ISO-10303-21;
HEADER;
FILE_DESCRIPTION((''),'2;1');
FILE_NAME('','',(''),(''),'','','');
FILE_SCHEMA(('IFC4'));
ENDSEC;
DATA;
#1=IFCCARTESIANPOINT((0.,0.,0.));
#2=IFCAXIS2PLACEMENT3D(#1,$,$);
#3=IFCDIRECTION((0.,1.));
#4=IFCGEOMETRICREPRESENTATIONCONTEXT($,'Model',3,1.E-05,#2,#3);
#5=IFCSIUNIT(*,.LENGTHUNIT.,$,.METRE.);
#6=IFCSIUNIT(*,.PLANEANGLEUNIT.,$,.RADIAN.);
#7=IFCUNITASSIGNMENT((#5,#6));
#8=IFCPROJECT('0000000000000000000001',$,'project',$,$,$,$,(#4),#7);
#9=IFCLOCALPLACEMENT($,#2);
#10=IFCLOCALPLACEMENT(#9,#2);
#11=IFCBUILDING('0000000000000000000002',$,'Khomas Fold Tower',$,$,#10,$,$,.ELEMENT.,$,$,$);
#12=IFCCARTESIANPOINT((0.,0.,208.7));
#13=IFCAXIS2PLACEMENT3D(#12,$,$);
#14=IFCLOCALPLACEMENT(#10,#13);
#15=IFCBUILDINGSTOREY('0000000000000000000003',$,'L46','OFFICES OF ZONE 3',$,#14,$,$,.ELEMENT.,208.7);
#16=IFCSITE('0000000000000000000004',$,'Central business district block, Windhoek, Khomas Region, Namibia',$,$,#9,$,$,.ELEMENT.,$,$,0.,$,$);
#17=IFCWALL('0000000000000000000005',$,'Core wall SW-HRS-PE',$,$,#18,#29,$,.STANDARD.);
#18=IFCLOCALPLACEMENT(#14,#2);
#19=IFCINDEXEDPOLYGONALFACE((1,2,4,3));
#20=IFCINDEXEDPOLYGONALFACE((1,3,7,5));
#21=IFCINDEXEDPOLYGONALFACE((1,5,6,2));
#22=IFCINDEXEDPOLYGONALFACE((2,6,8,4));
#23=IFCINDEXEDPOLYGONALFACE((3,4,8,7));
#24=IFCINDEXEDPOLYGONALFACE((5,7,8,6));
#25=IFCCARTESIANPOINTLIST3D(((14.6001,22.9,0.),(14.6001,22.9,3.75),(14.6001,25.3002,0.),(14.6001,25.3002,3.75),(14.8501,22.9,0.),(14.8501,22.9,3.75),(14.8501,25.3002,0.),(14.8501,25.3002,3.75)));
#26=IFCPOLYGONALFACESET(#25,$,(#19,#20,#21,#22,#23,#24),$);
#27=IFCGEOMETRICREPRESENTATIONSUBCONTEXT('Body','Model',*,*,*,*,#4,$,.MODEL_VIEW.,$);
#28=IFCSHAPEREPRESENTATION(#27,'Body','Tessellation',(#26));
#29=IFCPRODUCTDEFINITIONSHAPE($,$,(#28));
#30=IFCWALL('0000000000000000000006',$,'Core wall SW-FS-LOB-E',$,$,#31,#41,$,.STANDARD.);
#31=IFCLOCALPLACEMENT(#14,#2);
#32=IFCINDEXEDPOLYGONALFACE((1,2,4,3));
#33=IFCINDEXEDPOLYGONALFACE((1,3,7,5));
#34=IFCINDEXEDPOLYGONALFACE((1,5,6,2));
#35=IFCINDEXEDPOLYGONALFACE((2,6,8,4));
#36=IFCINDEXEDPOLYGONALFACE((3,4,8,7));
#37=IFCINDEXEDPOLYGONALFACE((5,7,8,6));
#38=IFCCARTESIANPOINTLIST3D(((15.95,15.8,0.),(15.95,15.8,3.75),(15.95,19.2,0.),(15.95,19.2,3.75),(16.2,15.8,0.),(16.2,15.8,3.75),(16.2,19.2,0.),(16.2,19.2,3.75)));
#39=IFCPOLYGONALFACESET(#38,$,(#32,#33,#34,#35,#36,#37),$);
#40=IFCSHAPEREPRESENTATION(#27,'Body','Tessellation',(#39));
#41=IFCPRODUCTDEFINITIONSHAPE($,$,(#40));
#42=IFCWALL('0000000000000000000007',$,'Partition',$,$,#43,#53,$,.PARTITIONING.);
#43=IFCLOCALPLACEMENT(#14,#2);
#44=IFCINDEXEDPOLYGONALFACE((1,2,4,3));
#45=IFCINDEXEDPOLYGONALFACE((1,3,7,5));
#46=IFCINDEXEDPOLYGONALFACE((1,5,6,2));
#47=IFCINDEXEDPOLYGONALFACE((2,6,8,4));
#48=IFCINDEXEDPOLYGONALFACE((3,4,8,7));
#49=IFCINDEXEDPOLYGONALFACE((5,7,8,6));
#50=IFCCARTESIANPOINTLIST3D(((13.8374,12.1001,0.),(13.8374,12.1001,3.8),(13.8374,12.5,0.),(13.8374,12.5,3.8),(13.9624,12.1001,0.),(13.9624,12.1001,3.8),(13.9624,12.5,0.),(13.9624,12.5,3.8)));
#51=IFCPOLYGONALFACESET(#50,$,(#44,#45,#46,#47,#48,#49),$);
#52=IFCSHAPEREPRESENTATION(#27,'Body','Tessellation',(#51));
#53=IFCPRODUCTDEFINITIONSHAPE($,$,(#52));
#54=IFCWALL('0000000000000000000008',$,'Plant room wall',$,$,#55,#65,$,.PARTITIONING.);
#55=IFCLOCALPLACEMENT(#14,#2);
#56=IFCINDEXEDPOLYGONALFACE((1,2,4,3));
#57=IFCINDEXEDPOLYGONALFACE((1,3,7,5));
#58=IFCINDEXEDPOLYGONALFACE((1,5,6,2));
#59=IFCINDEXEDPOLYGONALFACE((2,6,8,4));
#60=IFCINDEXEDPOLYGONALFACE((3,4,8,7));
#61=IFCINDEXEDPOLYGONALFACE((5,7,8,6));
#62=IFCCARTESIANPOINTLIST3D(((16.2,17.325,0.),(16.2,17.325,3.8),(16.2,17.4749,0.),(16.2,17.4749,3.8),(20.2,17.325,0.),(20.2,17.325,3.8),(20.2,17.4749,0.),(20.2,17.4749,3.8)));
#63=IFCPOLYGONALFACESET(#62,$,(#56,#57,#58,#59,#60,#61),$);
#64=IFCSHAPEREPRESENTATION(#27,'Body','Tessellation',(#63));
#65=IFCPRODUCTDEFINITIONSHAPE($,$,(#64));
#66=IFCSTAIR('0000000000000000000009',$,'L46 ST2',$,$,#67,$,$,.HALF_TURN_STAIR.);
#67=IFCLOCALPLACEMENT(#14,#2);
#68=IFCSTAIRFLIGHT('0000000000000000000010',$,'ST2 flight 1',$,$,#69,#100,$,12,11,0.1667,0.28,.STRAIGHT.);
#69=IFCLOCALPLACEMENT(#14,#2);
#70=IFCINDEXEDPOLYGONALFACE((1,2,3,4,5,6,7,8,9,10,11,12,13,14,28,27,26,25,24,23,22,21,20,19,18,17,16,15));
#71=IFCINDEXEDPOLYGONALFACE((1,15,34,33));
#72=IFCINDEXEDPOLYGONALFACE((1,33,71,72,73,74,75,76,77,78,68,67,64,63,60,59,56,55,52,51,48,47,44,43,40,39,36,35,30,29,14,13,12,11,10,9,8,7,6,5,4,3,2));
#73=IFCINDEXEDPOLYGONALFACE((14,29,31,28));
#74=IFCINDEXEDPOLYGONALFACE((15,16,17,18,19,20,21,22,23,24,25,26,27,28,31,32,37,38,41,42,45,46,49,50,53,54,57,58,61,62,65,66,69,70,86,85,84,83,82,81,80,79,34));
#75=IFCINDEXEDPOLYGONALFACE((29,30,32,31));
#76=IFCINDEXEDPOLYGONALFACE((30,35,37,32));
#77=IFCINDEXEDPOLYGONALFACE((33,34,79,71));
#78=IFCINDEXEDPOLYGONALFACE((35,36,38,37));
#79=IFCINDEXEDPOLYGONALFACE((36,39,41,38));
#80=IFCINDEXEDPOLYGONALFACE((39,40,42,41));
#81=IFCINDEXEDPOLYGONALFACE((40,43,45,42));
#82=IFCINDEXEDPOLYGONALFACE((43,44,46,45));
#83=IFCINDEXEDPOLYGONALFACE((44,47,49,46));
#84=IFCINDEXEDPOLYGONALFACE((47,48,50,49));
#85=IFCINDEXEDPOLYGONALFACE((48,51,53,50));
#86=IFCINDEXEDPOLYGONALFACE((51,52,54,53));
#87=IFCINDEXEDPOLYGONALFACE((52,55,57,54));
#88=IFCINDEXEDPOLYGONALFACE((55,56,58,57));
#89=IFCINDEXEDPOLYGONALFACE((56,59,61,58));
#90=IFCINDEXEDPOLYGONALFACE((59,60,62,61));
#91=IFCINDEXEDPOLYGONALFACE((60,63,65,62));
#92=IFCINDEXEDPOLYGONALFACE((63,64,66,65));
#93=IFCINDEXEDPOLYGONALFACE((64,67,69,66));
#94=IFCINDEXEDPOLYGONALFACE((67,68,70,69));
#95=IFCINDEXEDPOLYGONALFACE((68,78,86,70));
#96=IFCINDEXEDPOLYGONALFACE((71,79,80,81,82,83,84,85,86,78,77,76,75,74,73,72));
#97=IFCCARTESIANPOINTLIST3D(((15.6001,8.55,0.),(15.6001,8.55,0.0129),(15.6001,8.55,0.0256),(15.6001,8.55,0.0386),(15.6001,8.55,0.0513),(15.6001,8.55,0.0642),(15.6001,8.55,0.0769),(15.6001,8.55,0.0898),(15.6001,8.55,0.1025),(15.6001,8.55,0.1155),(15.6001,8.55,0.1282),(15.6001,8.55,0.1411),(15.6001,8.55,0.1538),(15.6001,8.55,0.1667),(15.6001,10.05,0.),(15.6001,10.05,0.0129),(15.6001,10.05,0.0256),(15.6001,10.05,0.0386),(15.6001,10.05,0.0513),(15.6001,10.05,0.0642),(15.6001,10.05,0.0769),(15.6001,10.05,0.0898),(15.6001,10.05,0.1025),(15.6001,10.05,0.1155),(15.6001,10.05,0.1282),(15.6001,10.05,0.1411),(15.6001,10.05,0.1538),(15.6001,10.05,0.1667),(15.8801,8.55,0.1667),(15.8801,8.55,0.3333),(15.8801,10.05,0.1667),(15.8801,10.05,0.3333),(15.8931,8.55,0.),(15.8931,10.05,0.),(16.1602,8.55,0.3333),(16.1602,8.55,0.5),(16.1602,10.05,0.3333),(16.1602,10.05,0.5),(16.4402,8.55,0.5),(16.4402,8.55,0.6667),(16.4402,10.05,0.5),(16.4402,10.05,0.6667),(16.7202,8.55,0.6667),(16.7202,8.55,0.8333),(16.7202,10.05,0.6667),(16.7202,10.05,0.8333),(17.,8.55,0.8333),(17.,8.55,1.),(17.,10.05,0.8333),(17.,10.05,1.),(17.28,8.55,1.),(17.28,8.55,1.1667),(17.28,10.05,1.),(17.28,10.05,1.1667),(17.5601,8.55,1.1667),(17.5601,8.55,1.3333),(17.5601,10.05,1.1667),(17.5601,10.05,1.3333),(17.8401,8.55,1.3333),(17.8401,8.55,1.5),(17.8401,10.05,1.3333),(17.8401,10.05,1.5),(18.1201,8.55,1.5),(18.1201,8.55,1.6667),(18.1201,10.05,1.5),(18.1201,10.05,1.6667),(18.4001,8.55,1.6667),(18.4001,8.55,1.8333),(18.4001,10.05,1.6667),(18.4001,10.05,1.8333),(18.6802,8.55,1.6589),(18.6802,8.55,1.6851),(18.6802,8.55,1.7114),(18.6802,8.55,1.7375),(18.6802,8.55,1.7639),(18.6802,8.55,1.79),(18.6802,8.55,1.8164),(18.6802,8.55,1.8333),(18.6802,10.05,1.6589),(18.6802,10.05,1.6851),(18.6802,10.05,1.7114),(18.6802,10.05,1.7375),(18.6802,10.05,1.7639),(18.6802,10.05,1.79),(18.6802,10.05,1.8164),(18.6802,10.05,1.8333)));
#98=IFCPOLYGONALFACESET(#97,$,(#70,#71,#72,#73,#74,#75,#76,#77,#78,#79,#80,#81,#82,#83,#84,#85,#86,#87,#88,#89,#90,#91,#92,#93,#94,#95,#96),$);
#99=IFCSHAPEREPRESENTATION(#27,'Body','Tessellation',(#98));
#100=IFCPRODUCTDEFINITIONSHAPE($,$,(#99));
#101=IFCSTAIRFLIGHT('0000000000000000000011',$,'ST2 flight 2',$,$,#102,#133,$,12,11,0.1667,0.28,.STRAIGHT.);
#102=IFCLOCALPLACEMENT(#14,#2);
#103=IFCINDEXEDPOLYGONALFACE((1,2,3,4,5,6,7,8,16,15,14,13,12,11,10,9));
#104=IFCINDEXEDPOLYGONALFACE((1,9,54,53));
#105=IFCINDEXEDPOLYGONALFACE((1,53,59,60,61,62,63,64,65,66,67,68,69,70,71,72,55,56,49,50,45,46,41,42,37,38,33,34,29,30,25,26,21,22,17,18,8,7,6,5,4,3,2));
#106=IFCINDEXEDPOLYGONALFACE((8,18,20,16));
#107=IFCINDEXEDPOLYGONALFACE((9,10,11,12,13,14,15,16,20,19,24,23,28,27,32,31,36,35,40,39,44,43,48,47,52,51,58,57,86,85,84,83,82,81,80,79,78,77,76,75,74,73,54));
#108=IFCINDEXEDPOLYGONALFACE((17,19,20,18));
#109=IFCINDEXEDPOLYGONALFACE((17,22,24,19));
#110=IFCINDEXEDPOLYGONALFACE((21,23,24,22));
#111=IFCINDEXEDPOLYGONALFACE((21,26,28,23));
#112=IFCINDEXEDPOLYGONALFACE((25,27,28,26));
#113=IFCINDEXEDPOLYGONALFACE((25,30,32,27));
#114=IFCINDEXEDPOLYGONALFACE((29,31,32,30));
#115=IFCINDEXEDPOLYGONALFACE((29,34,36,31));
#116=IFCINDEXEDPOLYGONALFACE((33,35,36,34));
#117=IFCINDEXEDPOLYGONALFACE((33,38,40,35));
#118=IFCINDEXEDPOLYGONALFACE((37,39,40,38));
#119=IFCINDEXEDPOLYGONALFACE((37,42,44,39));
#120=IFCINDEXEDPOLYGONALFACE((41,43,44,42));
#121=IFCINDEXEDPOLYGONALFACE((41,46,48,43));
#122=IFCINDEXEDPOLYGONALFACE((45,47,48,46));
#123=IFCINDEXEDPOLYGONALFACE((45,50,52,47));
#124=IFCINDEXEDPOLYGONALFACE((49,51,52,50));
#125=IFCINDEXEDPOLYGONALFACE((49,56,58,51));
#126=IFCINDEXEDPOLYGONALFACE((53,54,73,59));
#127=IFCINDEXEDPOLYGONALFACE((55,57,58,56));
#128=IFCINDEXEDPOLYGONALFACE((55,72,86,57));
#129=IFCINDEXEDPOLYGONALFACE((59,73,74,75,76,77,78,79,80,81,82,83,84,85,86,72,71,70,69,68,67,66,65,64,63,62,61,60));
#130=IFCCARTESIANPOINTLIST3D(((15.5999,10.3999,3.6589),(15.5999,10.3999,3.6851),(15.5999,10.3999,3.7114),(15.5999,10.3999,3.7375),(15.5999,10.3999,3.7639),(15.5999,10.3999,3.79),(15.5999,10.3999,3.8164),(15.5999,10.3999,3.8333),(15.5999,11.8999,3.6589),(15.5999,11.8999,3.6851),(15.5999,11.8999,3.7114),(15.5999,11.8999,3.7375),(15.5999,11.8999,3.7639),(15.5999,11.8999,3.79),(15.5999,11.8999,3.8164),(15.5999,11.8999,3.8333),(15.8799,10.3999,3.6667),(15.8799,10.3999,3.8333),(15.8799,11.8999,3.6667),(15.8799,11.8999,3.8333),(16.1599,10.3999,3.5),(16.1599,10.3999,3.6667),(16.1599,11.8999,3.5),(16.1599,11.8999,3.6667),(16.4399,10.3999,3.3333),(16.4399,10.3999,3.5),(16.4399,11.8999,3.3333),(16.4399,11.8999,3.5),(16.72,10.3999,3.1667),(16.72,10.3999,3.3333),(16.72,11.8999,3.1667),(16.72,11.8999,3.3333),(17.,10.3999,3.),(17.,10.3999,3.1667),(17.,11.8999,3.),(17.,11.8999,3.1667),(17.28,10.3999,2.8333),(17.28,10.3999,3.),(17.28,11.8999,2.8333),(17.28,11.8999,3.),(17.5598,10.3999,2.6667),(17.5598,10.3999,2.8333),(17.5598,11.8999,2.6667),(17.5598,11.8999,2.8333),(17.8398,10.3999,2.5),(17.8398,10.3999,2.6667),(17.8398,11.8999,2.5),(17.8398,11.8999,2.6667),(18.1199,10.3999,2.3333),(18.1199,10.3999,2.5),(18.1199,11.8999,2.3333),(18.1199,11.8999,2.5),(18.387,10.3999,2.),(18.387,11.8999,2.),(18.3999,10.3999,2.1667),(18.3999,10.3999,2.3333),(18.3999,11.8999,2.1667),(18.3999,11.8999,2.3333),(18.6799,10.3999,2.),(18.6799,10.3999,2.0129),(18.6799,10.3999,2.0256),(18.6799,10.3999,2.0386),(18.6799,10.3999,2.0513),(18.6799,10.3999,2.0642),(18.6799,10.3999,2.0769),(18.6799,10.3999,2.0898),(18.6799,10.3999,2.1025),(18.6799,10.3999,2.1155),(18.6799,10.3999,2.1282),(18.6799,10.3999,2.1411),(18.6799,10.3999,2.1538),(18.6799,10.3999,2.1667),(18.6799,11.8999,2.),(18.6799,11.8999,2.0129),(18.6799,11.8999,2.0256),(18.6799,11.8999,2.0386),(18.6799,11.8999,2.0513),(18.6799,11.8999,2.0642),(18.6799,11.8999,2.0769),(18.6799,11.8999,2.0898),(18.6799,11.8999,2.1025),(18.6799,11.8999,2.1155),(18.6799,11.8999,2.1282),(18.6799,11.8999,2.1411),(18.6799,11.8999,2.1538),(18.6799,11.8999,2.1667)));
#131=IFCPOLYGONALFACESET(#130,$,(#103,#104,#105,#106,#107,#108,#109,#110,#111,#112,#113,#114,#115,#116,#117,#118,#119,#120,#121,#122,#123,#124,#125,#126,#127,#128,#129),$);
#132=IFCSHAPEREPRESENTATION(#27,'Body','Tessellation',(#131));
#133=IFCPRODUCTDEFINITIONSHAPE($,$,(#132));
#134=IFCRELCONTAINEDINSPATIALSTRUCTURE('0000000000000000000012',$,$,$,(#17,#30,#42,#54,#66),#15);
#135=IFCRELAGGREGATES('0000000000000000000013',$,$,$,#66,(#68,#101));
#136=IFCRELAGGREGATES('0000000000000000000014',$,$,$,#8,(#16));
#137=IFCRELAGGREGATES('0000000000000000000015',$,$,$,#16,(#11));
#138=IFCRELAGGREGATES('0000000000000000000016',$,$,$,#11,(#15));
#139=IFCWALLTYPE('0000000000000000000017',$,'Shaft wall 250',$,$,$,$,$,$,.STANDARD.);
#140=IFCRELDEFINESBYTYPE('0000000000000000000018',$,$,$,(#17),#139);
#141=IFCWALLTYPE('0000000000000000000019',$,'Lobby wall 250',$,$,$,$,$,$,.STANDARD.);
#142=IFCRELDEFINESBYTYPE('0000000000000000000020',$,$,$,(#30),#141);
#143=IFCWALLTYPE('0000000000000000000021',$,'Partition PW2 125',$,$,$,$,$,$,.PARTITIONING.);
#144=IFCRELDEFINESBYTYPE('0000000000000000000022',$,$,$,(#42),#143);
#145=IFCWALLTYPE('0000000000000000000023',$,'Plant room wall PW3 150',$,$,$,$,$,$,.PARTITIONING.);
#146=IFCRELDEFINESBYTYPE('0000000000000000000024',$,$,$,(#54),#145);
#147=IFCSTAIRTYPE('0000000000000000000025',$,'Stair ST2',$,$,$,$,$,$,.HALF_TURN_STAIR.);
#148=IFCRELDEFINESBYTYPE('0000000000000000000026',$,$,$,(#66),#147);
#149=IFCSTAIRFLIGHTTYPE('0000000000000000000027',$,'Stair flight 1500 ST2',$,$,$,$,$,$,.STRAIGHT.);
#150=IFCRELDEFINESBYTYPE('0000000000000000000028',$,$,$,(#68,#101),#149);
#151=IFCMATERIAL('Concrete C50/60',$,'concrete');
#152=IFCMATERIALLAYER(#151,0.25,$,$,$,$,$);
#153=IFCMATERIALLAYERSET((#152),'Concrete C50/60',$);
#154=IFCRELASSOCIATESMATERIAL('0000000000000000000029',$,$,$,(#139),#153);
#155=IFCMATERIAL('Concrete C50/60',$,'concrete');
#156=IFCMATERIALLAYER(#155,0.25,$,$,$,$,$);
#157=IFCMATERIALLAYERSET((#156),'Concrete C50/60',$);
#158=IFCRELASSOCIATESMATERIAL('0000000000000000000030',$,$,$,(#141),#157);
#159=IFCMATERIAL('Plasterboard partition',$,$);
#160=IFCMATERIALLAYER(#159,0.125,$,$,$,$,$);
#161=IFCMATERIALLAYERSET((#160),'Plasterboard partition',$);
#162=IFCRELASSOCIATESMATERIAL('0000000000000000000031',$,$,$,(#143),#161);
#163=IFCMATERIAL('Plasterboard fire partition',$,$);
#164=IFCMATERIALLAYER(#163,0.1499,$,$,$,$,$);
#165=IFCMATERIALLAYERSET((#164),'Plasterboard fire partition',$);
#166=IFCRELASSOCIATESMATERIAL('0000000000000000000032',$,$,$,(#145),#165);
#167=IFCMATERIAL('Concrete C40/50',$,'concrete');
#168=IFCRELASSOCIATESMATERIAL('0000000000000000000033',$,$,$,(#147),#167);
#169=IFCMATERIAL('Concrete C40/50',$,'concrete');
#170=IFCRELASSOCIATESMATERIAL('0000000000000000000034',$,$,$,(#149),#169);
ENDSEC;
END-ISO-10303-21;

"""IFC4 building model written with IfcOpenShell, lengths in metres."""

from ifc_helpers import new_model, si_unit, direction, frame, frame_2d, origin, place, context, subcontext, project, spatial, polyline, rectangle, outline, extrude, source, transform, mapped, material, layer, layer_set, type_object, element, aggregate, save


model = new_model("IFC4")

# Units and contexts
model_context = context("Model", 3, precision=1e-05, world=origin(), true_north=direction((0.0, 1.0)))
body_context = subcontext(model_context, "Body", "Model", "MODEL_VIEW")
ifc_project = project(units=[si_unit("LENGTHUNIT", "METRE"), si_unit("PLANEANGLEUNIT", "RADIAN")], contexts=[model_context])

# Site, building, storey
site_placement = place(None, origin())
site = spatial("IfcSite", under=ifc_project, at=site_placement, Name="Central business district block, Windhoek, Khomas Region, Namibia", CompositionType="ELEMENT", RefElevation=0.0)
building_placement = place(site_placement, origin())
building = spatial("IfcBuilding", under=site, at=building_placement, Name="Khomas Fold Tower", CompositionType="ELEMENT")
storey_placement = place(building_placement, frame((0.0, 0.0, 208.7)))
storey = spatial("IfcBuildingStorey", under=building, at=storey_placement, Name="L46", Description="OFFICES OF ZONE 3", CompositionType="ELEMENT", Elevation=208.7)

# Walls
ifc_material_1 = material(Name="Concrete C50/60", Category="concrete")
ifc_layer_1 = layer(ifc_material_1, 0.25)
ifc_layer_set_1 = layer_set([ifc_layer_1], Name="Concrete C50/60")
wall_type_1 = type_object("IfcWallType", Name="Shaft wall 250", PredefinedType="STANDARD", material=ifc_layer_set_1)
shared_shape_1 = source(origin(), body_context, "Body", "SweptSolid", [
    extrude(rectangle(XDim=2.4001, YDim=0.25, at=frame_2d((1.2002, 0.0))), origin(), (0.0, 0.0, 1.0), 3.75),
])
for number, where, z_axis, x_axis, name in (
    (1, (14.7251, 22.8999, 0.0), (0.0, 0.0, 1.0), (0.0, 1.0, 0.0), "Core wall SW-HRS-PE"),
):
    element("IfcWall", number, at=place(storey_placement, frame(where, z_axis=z_axis, x_axis=x_axis)), inside=storey, type_object=wall_type_1, Name=name, PredefinedType="STANDARD", context=body_context, shape_type="MappedRepresentation", body=[
        mapped(shared_shape_1, transform((0.0, 0.0, 0.0))),
    ])
ifc_material_2 = material(Name="Concrete C50/60", Category="concrete")
ifc_layer_2 = layer(ifc_material_2, 0.25)
ifc_layer_set_2 = layer_set([ifc_layer_2], Name="Concrete C50/60")
wall_type_2 = type_object("IfcWallType", Name="Lobby wall 250", PredefinedType="STANDARD", material=ifc_layer_set_2)
shared_shape_2 = source(origin(), body_context, "Body", "SweptSolid", [
    extrude(rectangle(XDim=3.3999, YDim=0.25, at=frame_2d((1.7, 0.0))), origin(), (0.0, 0.0, 1.0), 3.75),
])
wall_1_placement = place(storey_placement, frame((16.075, 15.8, 0.0), z_axis=(0.0, 0.0, 1.0), x_axis=(0.0, 1.0, 0.0)))
element("IfcWall", 2, at=wall_1_placement, inside=storey, type_object=wall_type_2, Name="Core wall SW-FS-LOB-E", PredefinedType="STANDARD", context=body_context, shape_type="MappedRepresentation", body=[
    mapped(shared_shape_2, transform((0.0, 0.0, 0.0))),
])
ifc_material_3 = material(Name="Plasterboard partition")
ifc_layer_3 = layer(ifc_material_3, 0.125)
ifc_layer_set_3 = layer_set([ifc_layer_3], Name="Plasterboard partition")
wall_type_3 = type_object("IfcWallType", Name="Partition PW2 125", PredefinedType="PARTITIONING", material=ifc_layer_set_3)
shared_shape_3 = source(origin(), body_context, "Body", "SweptSolid", [
    extrude(rectangle(XDim=0.3999, YDim=0.125, at=frame_2d((0.2, 0.0))), origin(), (0.0, 0.0, 1.0), 3.8),
])
wall_2_placement = place(storey_placement, frame((13.8999, 12.1001, 0.0), z_axis=(0.0, 0.0, 1.0), x_axis=(0.0, 1.0, 0.0)))
element("IfcWall", 3, at=wall_2_placement, inside=storey, type_object=wall_type_3, Name="Partition", PredefinedType="PARTITIONING", context=body_context, shape_type="MappedRepresentation", body=[
    mapped(shared_shape_3, transform((0.0, 0.0, 0.0))),
])
ifc_material_4 = material(Name="Plasterboard fire partition")
ifc_layer_4 = layer(ifc_material_4, 0.1499)
ifc_layer_set_4 = layer_set([ifc_layer_4], Name="Plasterboard fire partition")
wall_type_4 = type_object("IfcWallType", Name="Plant room wall PW3 150", PredefinedType="PARTITIONING", material=ifc_layer_set_4)
shared_shape_4 = source(origin(), body_context, "Body", "SweptSolid", [
    extrude(rectangle(XDim=4.0, YDim=0.1499, at=frame_2d((2.0, 0.0))), origin(), (0.0, 0.0, 1.0), 3.8),
])
wall_3_placement = place(storey_placement, frame((16.2, 17.3999, 0.0), z_axis=(0.0, 0.0, 1.0), x_axis=(1.0, 0.0, 0.0)))
element("IfcWall", 4, at=wall_3_placement, inside=storey, type_object=wall_type_4, Name="Plant room wall", PredefinedType="PARTITIONING", context=body_context, shape_type="MappedRepresentation", body=[
    mapped(shared_shape_4, transform((0.0, 0.0, 0.0))),
])

# Stair, stair flights
ifc_material_5 = material(Name="Concrete C40/50", Category="concrete")
stair_type = type_object("IfcStairType", Name="Stair ST2", PredefinedType="HALF_TURN_STAIR", material=ifc_material_5)
stair_placement = place(storey_placement, origin())
stair = element("IfcStair", 5, at=stair_placement, inside=storey, type_object=stair_type, Name="L46 ST2", PredefinedType="HALF_TURN_STAIR")
ifc_material_6 = material(Name="Concrete C40/50", Category="concrete")
stair_flight_type = type_object("IfcStairFlightType", Name="Stair flight 1500 ST2", PredefinedType="STRAIGHT", material=ifc_material_6)
shared_shape_5 = source(origin(), body_context, "Body", "SweptSolid", [
    extrude(outline(polyline([(0.0, 0.0), (0.0, 0.0129), (0.0, 0.0256), (0.0, 0.0386), (0.0, 0.0513), (0.0, 0.0642), (0.0, 0.0769), (0.0, 0.0898), (0.0, 0.1025), (0.0, 0.1155), (0.0, 0.1282), (0.0, 0.1411), (0.0, 0.1538), (0.0, 0.1667), (0.28, 0.1667), (0.28, 0.3333), (0.5601, 0.3333), (0.5601, 0.5), (0.8401, 0.5), (0.8401, 0.6667), (1.1201, 0.6667), (1.1201, 0.8333), (1.3999, 0.8333), (1.3999, 1.0), (1.6799, 1.0), (1.6799, 1.1667), (1.96, 1.1667), (1.96, 1.3333), (2.24, 1.3333), (2.24, 1.5), (2.52, 1.5), (2.52, 1.6667), (2.8, 1.6667), (2.8, 1.8333), (3.0801, 1.8333), (3.0801, 2.0), (3.0801, 1.9739), (3.0801, 1.9475), (3.0801, 1.9214), (3.0801, 1.895), (3.0801, 1.8689), (3.0801, 1.8425), (3.0801, 1.8164), (3.0801, 1.79), (3.0801, 1.7639), (3.0801, 1.7375), (3.0801, 1.7114), (3.0801, 1.6851), (3.0801, 1.6589), (0.293, 0.0), (0.0, 0.0)])), frame((0.0, 0.75, 0.0), z_axis=(0.0, -1.0, 0.0), x_axis=(1.0, 0.0, 0.0)), (0.0, 0.0, 1.0), 1.5),
])
stair_flight_1_placement = place(storey_placement, frame((15.6001, 9.3, 0.0), z_axis=(0.0, 0.0, 1.0), x_axis=(1.0, 0.0, 0.0)))
stair_flight_1 = element("IfcStairFlight", 6, at=stair_flight_1_placement, type_object=stair_flight_type, Name="ST2 flight 1", NumberOfRisers=12, NumberOfTreads=11, PredefinedType="STRAIGHT", RiserHeight=0.1667, TreadLength=0.28, context=body_context, shape_type="MappedRepresentation", body=[
    mapped(shared_shape_5, transform((0.0, 0.0, 0.0))),
])
stair_flight_2_placement = place(storey_placement, frame((18.6799, 11.1499, 2.0), z_axis=(0.0, 0.0, 1.0), x_axis=(-1.0, 0.0, 0.0)))
stair_flight_2 = element("IfcStairFlight", 7, at=stair_flight_2_placement, type_object=stair_flight_type, Name="ST2 flight 2", NumberOfRisers=12, NumberOfTreads=11, PredefinedType="STRAIGHT", RiserHeight=0.1667, TreadLength=0.28, context=body_context, shape_type="MappedRepresentation", body=[
    mapped(shared_shape_5, transform((0.0, 0.0, 0.0))),
])
aggregate(stair, [stair_flight_1, stair_flight_2])

save(model, "model.ifc")
